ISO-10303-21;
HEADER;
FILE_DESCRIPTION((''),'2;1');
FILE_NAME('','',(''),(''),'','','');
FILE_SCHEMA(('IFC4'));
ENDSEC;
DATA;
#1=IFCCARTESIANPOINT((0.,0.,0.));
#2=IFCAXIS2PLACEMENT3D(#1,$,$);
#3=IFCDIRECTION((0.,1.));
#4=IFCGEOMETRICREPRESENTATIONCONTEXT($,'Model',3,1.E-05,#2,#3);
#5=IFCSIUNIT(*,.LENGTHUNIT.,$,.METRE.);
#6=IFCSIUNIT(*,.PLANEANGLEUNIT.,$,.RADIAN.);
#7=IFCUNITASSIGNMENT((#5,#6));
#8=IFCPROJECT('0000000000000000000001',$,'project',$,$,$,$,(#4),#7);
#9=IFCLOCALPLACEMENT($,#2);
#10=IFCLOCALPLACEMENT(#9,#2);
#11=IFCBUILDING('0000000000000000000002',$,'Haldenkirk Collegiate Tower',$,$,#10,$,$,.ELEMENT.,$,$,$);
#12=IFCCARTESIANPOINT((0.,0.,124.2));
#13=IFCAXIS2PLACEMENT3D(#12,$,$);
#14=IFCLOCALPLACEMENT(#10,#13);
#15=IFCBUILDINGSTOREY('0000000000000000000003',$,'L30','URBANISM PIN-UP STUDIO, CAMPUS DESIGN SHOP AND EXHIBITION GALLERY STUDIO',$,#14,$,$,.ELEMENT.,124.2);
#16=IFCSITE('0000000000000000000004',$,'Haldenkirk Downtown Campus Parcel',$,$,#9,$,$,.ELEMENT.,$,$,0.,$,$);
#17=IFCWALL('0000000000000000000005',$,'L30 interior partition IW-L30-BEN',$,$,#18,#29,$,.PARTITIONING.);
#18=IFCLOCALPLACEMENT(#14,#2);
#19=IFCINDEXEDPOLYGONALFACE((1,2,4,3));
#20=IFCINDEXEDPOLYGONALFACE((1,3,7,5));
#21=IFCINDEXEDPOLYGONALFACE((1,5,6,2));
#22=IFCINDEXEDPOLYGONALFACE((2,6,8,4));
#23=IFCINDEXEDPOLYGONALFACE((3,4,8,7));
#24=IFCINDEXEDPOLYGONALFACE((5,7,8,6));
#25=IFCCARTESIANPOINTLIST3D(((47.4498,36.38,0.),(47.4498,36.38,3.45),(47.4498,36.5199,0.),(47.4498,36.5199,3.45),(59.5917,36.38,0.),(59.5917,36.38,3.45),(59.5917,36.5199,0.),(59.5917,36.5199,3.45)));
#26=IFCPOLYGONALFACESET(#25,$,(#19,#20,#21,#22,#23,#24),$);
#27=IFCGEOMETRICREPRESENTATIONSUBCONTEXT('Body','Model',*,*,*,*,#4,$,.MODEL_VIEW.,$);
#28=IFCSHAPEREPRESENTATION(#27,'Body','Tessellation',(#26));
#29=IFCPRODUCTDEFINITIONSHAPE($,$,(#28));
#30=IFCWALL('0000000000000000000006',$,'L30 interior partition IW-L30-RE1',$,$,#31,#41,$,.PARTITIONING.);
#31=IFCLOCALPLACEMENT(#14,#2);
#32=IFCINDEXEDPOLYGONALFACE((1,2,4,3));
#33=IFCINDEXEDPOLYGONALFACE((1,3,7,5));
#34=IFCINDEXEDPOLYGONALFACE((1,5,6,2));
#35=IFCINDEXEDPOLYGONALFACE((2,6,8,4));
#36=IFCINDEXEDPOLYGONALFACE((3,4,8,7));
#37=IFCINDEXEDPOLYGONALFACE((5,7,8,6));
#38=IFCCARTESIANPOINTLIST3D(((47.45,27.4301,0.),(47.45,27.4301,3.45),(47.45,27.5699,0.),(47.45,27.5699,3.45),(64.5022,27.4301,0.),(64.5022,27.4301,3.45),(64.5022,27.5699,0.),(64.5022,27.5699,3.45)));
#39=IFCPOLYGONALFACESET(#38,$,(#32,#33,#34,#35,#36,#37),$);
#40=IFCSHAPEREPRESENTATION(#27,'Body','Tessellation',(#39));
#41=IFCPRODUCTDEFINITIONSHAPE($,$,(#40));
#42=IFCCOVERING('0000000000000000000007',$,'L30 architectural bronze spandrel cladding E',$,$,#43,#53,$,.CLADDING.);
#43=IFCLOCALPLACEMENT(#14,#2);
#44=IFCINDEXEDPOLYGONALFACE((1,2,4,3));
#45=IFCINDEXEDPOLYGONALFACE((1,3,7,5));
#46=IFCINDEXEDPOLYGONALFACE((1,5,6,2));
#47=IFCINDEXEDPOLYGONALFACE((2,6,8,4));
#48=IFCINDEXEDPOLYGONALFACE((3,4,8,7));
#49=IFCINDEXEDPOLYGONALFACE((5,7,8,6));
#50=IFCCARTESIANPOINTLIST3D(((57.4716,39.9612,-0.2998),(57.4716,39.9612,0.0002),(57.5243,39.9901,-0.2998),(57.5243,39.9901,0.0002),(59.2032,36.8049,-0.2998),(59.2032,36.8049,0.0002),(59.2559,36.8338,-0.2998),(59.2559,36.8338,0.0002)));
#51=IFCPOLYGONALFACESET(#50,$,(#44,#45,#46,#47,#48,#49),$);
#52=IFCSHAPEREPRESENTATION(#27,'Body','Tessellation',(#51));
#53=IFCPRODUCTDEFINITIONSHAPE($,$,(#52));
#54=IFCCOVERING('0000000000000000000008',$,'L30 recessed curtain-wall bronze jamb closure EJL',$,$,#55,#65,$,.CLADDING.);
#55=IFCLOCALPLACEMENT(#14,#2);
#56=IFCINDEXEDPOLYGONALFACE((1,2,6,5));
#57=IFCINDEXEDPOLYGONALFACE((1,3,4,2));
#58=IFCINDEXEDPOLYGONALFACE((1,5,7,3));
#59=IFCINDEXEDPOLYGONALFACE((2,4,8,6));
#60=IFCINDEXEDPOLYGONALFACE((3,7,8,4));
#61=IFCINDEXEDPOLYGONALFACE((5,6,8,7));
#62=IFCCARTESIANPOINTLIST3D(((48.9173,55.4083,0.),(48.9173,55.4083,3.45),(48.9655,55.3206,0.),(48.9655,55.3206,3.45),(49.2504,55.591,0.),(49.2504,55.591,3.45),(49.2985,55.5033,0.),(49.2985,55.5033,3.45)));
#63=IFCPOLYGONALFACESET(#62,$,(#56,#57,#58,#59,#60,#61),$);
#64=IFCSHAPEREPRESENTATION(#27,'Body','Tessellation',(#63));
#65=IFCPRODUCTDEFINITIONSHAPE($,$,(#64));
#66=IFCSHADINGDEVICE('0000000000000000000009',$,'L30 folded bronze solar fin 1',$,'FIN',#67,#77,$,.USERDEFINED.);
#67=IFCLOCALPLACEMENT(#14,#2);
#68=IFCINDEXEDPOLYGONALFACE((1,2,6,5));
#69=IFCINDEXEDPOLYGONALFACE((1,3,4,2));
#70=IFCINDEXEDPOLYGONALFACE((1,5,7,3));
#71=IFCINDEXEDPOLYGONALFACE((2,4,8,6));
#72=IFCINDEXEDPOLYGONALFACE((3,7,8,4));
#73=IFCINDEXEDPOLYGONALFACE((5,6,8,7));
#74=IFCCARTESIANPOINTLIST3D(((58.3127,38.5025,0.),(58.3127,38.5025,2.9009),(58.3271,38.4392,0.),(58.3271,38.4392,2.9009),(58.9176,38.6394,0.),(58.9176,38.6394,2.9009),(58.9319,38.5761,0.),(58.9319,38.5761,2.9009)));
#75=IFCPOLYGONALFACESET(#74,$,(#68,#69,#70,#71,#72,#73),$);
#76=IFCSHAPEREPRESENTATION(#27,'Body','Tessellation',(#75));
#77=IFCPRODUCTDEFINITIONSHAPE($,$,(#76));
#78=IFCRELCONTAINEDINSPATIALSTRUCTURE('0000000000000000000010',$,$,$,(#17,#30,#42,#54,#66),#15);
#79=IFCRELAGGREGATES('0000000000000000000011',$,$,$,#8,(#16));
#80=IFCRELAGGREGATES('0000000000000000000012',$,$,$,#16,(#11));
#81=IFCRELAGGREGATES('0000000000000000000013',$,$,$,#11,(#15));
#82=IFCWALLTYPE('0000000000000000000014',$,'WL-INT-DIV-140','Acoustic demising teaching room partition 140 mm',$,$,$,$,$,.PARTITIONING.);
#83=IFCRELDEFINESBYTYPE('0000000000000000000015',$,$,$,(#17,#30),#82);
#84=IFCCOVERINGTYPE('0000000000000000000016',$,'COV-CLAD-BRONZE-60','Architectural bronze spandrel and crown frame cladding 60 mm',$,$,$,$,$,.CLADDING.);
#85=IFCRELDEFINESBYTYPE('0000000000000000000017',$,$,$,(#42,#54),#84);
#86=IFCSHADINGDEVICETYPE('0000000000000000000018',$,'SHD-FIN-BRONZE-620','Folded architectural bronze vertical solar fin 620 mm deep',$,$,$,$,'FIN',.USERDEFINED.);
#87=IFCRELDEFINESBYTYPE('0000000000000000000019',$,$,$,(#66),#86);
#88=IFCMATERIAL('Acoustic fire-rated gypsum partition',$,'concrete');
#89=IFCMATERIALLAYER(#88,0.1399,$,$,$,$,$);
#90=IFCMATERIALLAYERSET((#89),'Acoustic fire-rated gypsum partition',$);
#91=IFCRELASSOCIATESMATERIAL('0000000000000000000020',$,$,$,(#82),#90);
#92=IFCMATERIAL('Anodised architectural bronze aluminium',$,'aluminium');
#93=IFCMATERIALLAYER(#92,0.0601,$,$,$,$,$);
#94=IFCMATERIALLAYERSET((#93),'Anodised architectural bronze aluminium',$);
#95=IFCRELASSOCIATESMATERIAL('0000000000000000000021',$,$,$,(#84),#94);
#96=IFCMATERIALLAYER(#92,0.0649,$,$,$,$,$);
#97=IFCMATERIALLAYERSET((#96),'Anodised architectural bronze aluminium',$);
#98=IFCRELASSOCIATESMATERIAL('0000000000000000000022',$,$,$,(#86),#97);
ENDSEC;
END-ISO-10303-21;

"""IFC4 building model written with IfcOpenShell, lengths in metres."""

from ifc_helpers import new_model, si_unit, direction, frame, frame_2d, origin, origin_2d, place, context, subcontext, project, spatial, rectangle, extrude, source, transform, mapped, material, layer, layer_set, type_object, element, save


model = new_model("IFC4")

# Units and contexts
model_context = context("Model", 3, precision=1e-05, world=origin(), true_north=direction((0.0, 1.0)))
body_context = subcontext(model_context, "Body", "Model", "MODEL_VIEW")
ifc_project = project(units=[si_unit("LENGTHUNIT", "METRE"), si_unit("PLANEANGLEUNIT", "RADIAN")], contexts=[model_context])

# Site, building, storey
site_placement = place(None, origin())
site = spatial("IfcSite", under=ifc_project, at=site_placement, Name="Haldenkirk Downtown Campus Parcel", CompositionType="ELEMENT", RefElevation=0.0)
building_placement = place(site_placement, origin())
building = spatial("IfcBuilding", under=site, at=building_placement, Name="Haldenkirk Collegiate Tower", CompositionType="ELEMENT")
storey_placement = place(building_placement, frame((0.0, 0.0, 124.2)))
storey = spatial("IfcBuildingStorey", under=building, at=storey_placement, Name="L30", Description="URBANISM PIN-UP STUDIO, CAMPUS DESIGN SHOP AND EXHIBITION GALLERY STUDIO", CompositionType="ELEMENT", Elevation=124.2)

# Shared definitions
ifc_material_1 = material(Name="Anodised architectural bronze aluminium", Category="aluminium")

# Walls
ifc_material_2 = material(Name="Acoustic fire-rated gypsum partition", Category="concrete")
ifc_layer_1 = layer(ifc_material_2, 0.1399)
ifc_layer_set_1 = layer_set([ifc_layer_1], Name="Acoustic fire-rated gypsum partition")
wall_type_1 = type_object("IfcWallType", Name="WL-INT-DIV-140", Description="Acoustic demising teaching room partition 140 mm", PredefinedType="PARTITIONING", material=ifc_layer_set_1)
wall_1_placement = place(storey_placement, frame((47.45, 36.45, 0.0), z_axis=(0.0, 0.0, 1.0), x_axis=(1.0, 0.0, 0.0)))
element("IfcWall", 1, at=wall_1_placement, inside=storey, type_object=wall_type_1, Name="L30 interior partition IW-L30-BEN", PredefinedType="PARTITIONING", context=body_context, shape_type="SweptSolid", body=[
    extrude(rectangle(XDim=12.1418, YDim=0.1399, at=frame_2d((6.0708, 0.0))), origin(), (0.0, 0.0, 1.0), 3.45),
])
wall_2_placement = place(storey_placement, frame((47.45, 27.5, 0.0), z_axis=(0.0, 0.0, 1.0), x_axis=(1.0, 0.0, 0.0)))
element("IfcWall", 2, at=wall_2_placement, inside=storey, type_object=wall_type_1, Name="L30 interior partition IW-L30-RE1", PredefinedType="PARTITIONING", context=body_context, shape_type="SweptSolid", body=[
    extrude(rectangle(XDim=17.0522, YDim=0.1399, at=frame_2d((8.5261, 0.0))), origin(), (0.0, 0.0, 1.0), 3.45),
])

# Coverings
ifc_layer_2 = layer(ifc_material_1, 0.0601)
ifc_layer_set_2 = layer_set([ifc_layer_2], Name="Anodised architectural bronze aluminium")
covering_type = type_object("IfcCoveringType", Name="COV-CLAD-BRONZE-60", Description="Architectural bronze spandrel and crown frame cladding 60 mm", PredefinedType="CLADDING", material=ifc_layer_set_2)
shared_shape_1 = source(origin(), body_context, "Body", "SweptSolid", [
    extrude(rectangle(XDim=3.6001, YDim=0.0601, at=origin_2d()), origin(), (0.0, 0.0, 1.0), 0.3),
])
covering_1_placement = place(storey_placement, frame((58.3638, 38.3975, -0.2998), z_axis=(0.0, 0.0, 1.0), x_axis=(0.480989, -0.876727, 0.0)))
element("IfcCovering", 3, at=covering_1_placement, inside=storey, type_object=covering_type, Name="L30 architectural bronze spandrel cladding E", PredefinedType="CLADDING", context=body_context, shape_type="MappedRepresentation", body=[
    mapped(shared_shape_1, transform((0.0, 0.0, 0.0), x_axis=(1.0, 0.0, 0.0), y_axis=(0.0, 1.0, 0.0), z_axis=(0.0, 0.0, 1.0), scale=1.0)),
])
shared_shape_2 = source(origin(), body_context, "Body", "SweptSolid", [
    extrude(rectangle(XDim=0.1001, YDim=0.3799, at=origin_2d()), origin(), (0.0, 0.0, 1.0), 3.45),
])
covering_2_placement = place(storey_placement, frame((49.1079, 55.4558, 0.0), z_axis=(0.0, 0.0, 1.0), x_axis=(0.480989, -0.876727, 0.0)))
element("IfcCovering", 4, at=covering_2_placement, inside=storey, type_object=covering_type, Name="L30 recessed curtain-wall bronze jamb closure EJL", PredefinedType="CLADDING", context=body_context, shape_type="MappedRepresentation", body=[
    mapped(shared_shape_2, transform((0.0, 0.0, 0.0), x_axis=(1.0, 0.0, 0.0), y_axis=(0.0, 1.0, 0.0), z_axis=(0.0, 0.0, 1.0), scale=1.0)),
])

# Shading device
ifc_layer_3 = layer(ifc_material_1, 0.0649)
ifc_layer_set_3 = layer_set([ifc_layer_3], Name="Anodised architectural bronze aluminium")
shading_device_type = type_object("IfcShadingDeviceType", Name="SHD-FIN-BRONZE-620", Description="Folded architectural bronze vertical solar fin 620 mm deep", ElementType="FIN", PredefinedType="USERDEFINED", material=ifc_layer_set_3)
shared_shape_3 = source(origin(), body_context, "Body", "SweptSolid", [
    extrude(rectangle(XDim=0.6201, YDim=0.0649, at=origin_2d()), origin(), (0.0, 0.0, 1.0), 2.9009),
])
shading_device_placement = place(storey_placement, frame((58.6223, 38.5393, 0.0), z_axis=(0.0, 0.0, 1.0), x_axis=(0.975342, 0.220697, 0.0)))
element("IfcShadingDevice", 5, at=shading_device_placement, inside=storey, type_object=shading_device_type, Name="L30 folded bronze solar fin 1", ObjectType="FIN", PredefinedType="USERDEFINED", context=body_context, shape_type="MappedRepresentation", body=[
    mapped(shared_shape_3, transform((0.0, 0.0, 0.0), x_axis=(1.0, 0.0, 0.0), y_axis=(0.0, 1.0, 0.0), z_axis=(0.0, 0.0, 1.0), scale=1.0)),
])

save(model, "model.ifc")
